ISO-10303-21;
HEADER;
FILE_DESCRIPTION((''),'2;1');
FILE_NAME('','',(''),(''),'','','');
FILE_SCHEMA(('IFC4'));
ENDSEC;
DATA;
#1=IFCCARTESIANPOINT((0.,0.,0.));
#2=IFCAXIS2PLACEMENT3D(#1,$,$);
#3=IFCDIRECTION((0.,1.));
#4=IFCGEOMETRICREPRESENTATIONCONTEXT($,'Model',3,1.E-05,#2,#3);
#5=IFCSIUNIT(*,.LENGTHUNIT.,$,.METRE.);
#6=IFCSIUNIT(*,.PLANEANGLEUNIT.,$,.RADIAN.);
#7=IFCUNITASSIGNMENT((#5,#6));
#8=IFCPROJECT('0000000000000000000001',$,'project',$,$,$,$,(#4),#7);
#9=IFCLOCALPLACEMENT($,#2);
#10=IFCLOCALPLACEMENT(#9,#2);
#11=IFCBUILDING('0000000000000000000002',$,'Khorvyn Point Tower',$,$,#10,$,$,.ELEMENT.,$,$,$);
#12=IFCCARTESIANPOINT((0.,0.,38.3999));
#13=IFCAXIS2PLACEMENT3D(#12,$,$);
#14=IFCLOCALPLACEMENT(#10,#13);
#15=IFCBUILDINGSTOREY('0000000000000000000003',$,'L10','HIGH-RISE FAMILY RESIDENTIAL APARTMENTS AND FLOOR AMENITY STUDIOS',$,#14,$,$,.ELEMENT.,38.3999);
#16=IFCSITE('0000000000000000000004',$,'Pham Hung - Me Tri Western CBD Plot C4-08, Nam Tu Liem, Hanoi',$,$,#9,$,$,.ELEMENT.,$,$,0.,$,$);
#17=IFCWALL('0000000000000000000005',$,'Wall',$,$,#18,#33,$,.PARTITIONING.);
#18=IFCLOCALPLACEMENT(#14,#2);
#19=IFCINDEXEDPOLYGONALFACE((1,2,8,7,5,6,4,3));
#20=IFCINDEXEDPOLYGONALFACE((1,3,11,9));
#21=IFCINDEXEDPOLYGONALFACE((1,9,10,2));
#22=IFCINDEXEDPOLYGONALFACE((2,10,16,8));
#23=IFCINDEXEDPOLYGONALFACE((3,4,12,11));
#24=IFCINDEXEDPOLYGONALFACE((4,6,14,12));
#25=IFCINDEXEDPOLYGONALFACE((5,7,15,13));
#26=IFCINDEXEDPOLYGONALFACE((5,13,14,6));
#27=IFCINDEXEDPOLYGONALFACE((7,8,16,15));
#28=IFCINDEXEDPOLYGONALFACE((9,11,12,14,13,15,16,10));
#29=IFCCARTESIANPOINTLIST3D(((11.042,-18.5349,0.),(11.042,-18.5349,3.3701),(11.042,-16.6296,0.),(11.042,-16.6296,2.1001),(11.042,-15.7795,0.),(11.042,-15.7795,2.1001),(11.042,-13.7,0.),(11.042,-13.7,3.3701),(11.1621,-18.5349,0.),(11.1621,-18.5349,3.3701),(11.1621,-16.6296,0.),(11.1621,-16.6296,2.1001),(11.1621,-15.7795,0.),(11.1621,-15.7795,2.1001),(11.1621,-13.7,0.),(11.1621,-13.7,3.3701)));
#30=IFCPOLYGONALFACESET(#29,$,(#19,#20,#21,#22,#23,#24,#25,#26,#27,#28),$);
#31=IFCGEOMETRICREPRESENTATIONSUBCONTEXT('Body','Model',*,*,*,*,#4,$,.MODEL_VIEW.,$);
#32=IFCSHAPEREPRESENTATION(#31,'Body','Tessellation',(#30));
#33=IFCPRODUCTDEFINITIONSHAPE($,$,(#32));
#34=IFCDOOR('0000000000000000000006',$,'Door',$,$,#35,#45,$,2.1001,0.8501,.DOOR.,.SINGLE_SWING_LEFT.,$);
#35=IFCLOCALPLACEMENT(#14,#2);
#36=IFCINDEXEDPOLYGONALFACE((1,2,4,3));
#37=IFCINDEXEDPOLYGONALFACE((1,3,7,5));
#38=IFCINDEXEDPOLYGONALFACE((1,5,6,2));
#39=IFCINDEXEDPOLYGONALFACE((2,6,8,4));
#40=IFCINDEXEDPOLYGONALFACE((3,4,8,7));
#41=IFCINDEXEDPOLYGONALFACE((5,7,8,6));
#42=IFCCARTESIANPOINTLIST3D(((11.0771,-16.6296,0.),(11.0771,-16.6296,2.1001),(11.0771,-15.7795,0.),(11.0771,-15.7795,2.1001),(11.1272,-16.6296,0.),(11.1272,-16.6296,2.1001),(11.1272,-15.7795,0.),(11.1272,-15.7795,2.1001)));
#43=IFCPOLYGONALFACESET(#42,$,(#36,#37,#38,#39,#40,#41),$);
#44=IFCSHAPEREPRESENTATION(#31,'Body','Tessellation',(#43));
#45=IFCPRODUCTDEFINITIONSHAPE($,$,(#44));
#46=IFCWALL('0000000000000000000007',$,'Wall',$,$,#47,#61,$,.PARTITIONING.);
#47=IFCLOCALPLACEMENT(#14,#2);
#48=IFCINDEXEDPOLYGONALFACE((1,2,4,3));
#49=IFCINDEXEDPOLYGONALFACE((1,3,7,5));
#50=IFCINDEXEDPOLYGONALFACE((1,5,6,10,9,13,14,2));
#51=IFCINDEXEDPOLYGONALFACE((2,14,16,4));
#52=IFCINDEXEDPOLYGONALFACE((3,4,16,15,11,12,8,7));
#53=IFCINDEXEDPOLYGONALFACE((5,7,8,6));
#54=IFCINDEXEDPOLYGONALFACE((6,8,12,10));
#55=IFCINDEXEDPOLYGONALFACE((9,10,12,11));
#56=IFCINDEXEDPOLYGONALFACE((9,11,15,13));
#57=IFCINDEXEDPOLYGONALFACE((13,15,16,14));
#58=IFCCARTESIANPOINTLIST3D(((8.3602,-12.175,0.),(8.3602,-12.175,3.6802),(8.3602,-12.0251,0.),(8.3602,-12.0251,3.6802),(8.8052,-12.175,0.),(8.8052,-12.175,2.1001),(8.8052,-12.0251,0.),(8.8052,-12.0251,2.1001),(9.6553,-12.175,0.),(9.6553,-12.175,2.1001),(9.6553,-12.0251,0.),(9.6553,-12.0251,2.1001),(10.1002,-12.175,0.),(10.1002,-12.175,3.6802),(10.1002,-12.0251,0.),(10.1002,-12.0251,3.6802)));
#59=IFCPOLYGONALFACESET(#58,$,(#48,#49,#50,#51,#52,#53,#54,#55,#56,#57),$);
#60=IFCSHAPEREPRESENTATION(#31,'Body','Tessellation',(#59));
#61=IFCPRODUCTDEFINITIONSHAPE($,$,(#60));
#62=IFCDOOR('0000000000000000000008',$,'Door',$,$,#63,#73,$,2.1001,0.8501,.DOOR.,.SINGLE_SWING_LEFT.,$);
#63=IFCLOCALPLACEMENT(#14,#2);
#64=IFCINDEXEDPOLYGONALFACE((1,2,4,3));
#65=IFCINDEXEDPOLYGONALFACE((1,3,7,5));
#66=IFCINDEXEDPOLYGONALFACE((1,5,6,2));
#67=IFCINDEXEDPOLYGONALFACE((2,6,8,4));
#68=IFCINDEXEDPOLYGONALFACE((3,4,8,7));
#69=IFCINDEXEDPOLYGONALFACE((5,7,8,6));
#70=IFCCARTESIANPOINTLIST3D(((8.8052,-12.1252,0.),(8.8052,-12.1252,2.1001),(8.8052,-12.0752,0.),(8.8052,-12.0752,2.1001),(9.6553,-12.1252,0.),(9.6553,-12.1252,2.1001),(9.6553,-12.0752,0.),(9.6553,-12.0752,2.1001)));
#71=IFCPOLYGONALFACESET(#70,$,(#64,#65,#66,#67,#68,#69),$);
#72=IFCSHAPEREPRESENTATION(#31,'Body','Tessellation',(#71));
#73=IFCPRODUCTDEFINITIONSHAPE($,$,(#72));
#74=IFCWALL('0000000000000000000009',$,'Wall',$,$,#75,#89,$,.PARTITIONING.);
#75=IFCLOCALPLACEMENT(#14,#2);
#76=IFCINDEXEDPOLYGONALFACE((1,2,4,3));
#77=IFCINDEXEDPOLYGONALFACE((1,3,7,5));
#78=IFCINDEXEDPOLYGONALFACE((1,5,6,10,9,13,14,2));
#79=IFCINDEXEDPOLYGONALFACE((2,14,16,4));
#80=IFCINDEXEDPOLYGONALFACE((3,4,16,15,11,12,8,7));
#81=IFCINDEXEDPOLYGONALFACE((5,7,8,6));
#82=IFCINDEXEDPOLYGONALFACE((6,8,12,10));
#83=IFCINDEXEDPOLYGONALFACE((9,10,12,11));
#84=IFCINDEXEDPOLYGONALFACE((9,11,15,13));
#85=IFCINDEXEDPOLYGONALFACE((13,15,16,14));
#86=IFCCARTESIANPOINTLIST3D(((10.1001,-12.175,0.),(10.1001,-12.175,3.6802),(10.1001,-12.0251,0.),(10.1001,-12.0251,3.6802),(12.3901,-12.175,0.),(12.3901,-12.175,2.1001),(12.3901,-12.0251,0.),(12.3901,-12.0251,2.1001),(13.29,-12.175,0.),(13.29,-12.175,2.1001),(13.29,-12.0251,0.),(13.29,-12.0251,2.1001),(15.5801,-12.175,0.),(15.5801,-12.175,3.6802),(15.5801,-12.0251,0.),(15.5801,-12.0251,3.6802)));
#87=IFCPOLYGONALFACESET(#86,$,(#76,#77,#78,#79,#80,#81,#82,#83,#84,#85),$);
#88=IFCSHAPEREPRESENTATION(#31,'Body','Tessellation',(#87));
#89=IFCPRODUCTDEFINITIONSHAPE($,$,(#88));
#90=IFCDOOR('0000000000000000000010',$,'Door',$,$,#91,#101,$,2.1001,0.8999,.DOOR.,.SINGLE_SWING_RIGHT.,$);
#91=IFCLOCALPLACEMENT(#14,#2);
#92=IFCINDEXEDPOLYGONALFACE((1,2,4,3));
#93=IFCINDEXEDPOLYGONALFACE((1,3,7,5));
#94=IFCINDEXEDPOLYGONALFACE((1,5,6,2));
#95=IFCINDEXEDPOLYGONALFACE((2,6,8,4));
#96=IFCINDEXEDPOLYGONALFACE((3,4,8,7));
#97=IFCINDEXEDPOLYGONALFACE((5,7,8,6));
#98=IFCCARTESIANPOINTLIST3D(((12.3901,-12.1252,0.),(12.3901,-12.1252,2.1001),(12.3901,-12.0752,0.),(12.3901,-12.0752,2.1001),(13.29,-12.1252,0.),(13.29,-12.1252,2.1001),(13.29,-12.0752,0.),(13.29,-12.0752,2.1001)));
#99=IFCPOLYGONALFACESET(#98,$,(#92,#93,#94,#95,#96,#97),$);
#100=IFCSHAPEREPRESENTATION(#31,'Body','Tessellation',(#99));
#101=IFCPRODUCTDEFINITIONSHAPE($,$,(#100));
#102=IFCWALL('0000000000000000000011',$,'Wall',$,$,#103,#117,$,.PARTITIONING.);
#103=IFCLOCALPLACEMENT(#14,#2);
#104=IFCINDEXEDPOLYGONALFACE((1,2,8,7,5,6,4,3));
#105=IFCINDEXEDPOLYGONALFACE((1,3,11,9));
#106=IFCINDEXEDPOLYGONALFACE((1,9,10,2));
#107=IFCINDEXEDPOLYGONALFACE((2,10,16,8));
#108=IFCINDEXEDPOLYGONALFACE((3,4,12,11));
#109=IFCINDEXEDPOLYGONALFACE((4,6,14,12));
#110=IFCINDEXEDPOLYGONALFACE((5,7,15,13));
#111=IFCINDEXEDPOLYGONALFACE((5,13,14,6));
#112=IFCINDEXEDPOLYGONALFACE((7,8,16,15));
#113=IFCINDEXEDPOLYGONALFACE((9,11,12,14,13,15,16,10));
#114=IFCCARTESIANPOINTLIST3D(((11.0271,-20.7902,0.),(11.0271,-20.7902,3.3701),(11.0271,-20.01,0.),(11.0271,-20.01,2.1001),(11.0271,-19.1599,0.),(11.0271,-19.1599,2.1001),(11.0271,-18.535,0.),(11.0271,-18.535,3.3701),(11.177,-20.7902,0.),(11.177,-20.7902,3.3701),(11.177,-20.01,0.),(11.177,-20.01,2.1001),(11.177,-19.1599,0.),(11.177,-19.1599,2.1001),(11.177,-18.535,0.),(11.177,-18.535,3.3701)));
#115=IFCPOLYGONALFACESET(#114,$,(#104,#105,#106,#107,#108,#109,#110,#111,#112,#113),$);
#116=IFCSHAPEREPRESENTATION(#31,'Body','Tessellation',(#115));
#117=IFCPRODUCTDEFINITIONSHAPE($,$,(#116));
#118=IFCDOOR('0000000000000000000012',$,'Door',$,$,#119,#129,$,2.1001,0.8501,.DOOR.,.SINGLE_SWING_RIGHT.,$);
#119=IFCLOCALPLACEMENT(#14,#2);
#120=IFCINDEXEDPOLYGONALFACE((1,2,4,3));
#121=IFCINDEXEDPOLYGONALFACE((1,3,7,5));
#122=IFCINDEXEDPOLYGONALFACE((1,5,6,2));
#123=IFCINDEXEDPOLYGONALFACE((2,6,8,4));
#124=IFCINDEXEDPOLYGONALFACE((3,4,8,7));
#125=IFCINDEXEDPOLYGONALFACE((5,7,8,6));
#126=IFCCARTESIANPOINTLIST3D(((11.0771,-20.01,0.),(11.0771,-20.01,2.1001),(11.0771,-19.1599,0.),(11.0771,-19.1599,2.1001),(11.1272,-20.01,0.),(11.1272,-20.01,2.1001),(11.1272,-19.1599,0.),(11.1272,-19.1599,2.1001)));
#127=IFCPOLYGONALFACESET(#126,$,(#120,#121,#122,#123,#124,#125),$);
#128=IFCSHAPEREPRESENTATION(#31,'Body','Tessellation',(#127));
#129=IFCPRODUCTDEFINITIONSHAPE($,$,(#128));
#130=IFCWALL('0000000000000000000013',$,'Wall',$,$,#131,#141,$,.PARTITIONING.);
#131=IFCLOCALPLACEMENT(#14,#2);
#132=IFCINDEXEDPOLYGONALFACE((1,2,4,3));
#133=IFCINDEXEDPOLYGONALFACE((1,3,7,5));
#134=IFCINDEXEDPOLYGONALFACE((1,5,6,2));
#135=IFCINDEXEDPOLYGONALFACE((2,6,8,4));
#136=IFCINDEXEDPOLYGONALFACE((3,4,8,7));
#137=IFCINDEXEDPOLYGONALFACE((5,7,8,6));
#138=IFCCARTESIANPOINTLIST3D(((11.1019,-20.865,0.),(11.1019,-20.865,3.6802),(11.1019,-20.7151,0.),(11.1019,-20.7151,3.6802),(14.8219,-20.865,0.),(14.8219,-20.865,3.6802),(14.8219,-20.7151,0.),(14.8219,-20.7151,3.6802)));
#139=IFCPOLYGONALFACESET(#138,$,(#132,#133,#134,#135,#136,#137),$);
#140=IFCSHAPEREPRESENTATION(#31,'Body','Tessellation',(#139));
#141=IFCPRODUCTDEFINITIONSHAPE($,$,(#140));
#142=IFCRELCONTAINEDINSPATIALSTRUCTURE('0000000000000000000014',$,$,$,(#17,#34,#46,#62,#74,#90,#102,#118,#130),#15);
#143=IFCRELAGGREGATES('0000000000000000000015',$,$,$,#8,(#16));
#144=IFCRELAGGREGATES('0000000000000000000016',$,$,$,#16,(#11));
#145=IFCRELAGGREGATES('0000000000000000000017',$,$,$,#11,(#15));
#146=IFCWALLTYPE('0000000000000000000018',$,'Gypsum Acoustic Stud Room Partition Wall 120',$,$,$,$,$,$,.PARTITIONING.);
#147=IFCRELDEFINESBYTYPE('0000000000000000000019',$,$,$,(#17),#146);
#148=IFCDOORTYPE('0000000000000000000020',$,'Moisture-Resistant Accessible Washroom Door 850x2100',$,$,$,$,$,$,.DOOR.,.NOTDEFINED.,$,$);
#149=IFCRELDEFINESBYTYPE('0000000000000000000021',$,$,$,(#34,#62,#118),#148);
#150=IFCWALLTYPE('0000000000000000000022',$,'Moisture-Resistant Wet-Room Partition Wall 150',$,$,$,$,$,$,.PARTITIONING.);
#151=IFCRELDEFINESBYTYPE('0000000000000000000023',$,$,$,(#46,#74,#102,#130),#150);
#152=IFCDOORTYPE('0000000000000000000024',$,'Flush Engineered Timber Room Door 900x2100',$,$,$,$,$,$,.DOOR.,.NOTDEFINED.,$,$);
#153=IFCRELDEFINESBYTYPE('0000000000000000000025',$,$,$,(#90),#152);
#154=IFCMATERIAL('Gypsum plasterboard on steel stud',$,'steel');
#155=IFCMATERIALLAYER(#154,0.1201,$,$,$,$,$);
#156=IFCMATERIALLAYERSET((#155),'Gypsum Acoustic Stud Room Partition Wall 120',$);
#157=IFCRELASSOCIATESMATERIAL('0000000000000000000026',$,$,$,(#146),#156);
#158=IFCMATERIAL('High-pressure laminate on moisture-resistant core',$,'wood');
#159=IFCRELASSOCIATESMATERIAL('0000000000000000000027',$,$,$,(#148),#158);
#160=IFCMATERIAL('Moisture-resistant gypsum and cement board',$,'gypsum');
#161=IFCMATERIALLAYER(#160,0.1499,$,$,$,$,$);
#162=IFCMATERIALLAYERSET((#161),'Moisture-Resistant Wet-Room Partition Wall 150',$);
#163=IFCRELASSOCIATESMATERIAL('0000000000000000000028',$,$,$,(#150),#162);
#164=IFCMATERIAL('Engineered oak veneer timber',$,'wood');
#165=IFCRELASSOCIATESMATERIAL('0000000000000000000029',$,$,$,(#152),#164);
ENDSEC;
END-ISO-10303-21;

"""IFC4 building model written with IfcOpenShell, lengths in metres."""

from ifc_helpers import new_model, si_unit, direction, frame, frame_2d, origin, place, context, subcontext, project, spatial, rectangle, extrude, material, layer, layer_set, type_object, element, fill, save


model = new_model("IFC4")

# Units and contexts
model_context = context("Model", 3, precision=1e-05, world=origin(), true_north=direction((0.0, 1.0)))
body_context = subcontext(model_context, "Body", "Model", "MODEL_VIEW")
ifc_project = project(units=[si_unit("LENGTHUNIT", "METRE"), si_unit("PLANEANGLEUNIT", "RADIAN")], contexts=[model_context])

# Site, building, storey
site_placement = place(None, origin())
site = spatial("IfcSite", under=ifc_project, at=site_placement, Name="Pham Hung - Me Tri Western CBD Plot C4-08, Nam Tu Liem, Hanoi", CompositionType="ELEMENT", RefElevation=0.0)
building_placement = place(site_placement, origin())
building = spatial("IfcBuilding", under=site, at=building_placement, Name="Khorvyn Point Tower", CompositionType="ELEMENT")
storey_placement = place(building_placement, frame((0.0, 0.0, 38.3999)))
storey = spatial("IfcBuildingStorey", under=building, at=storey_placement, Name="L10", Description="HIGH-RISE FAMILY RESIDENTIAL APARTMENTS AND FLOOR AMENITY STUDIOS", CompositionType="ELEMENT", Elevation=38.3999)

# Walls, openings, doors
ifc_material_1 = material(Name="Gypsum plasterboard on steel stud", Category="steel")
ifc_layer_1 = layer(ifc_material_1, 0.1201)
ifc_layer_set_1 = layer_set([ifc_layer_1], Name="Gypsum Acoustic Stud Room Partition Wall 120")
wall_type_1 = type_object("IfcWallType", Name="Gypsum Acoustic Stud Room Partition Wall 120", PredefinedType="PARTITIONING", material=ifc_layer_set_1)
wall_1_placement = place(storey_placement, frame((11.1021, -18.5349, 0.0), z_axis=(0.0, 0.0, 1.0), x_axis=(0.0, 1.0, 0.0)))
wall_1 = element("IfcWall", 1, at=wall_1_placement, inside=storey, type_object=wall_type_1, Name="Wall", PredefinedType="PARTITIONING", context=body_context, shape_type="SweptSolid", body=[
    extrude(rectangle(XDim=4.835, YDim=0.1201, at=frame_2d((2.4175, 0.0))), origin(), (0.0, 0.0, 1.0), 3.3701),
])
opening_1_placement = place(wall_1_placement, frame((1.9053, 0.0, 0.0)))
opening_1 = element("IfcOpeningElement", 2, at=opening_1_placement, cuts=wall_1, PredefinedType="OPENING", context=body_context, shape_type="SweptSolid", body=[
    extrude(rectangle(XDim=0.8501, YDim=2.1001, at=frame_2d((0.425, 1.05))), frame((0.0, 0.0701, 0.0), z_axis=(0.0, -1.0, 0.0), x_axis=(1.0, 0.0, 0.0)), (0.0, 0.0, 1.0), 0.1401),
])
ifc_material_2 = material(Name="High-pressure laminate on moisture-resistant core", Category="wood")
door_type_1 = type_object("IfcDoorType", Name="Moisture-Resistant Accessible Washroom Door 850x2100", OperationType="NOTDEFINED", PredefinedType="DOOR", material=ifc_material_2)
door_1_placement = place(opening_1_placement, origin())
door_1 = element("IfcDoor", 3, at=door_1_placement, inside=storey, type_object=door_type_1, Name="Door", OperationType="SINGLE_SWING_LEFT", OverallHeight=2.1001, OverallWidth=0.8501, PredefinedType="DOOR", context=body_context, shape_type="SweptSolid", body=[
    extrude(rectangle(XDim=0.8501, YDim=2.1001, at=frame_2d((0.425, 1.05))), frame((0.0, 0.0249, 0.0), z_axis=(0.0, -1.0, 0.0), x_axis=(1.0, 0.0, 0.0)), (0.0, 0.0, 1.0), 0.05),
])
fill(opening_1, door_1)
ifc_material_3 = material(Name="Moisture-resistant gypsum and cement board", Category="gypsum")
ifc_layer_2 = layer(ifc_material_3, 0.1499)
ifc_layer_set_2 = layer_set([ifc_layer_2], Name="Moisture-Resistant Wet-Room Partition Wall 150")
wall_type_2 = type_object("IfcWallType", Name="Moisture-Resistant Wet-Room Partition Wall 150", PredefinedType="PARTITIONING", material=ifc_layer_set_2)
wall_2_placement = place(storey_placement, frame((8.3601, -12.1001, 0.0), z_axis=(0.0, 0.0, 1.0), x_axis=(1.0, 0.0, 0.0)))
wall_2 = element("IfcWall", 4, at=wall_2_placement, inside=storey, type_object=wall_type_2, Name="Wall", PredefinedType="PARTITIONING", context=body_context, shape_type="SweptSolid", body=[
    extrude(rectangle(XDim=1.74, YDim=0.1499, at=frame_2d((0.8701, 0.0))), origin(), (0.0, 0.0, 1.0), 3.6802),
])
opening_2_placement = place(wall_2_placement, frame((0.4451, 0.0, 0.0)))
opening_2 = element("IfcOpeningElement", 5, at=opening_2_placement, cuts=wall_2, PredefinedType="OPENING", context=body_context, shape_type="SweptSolid", body=[
    extrude(rectangle(XDim=0.8501, YDim=2.1001, at=frame_2d((0.425, 1.05))), frame((0.0, 0.085, 0.0), z_axis=(0.0, -1.0, 0.0), x_axis=(1.0, 0.0, 0.0)), (0.0, 0.0, 1.0), 0.1699),
])
door_2_placement = place(opening_2_placement, origin())
door_2 = element("IfcDoor", 6, at=door_2_placement, inside=storey, type_object=door_type_1, Name="Door", OperationType="SINGLE_SWING_LEFT", OverallHeight=2.1001, OverallWidth=0.8501, PredefinedType="DOOR", context=body_context, shape_type="SweptSolid", body=[
    extrude(rectangle(XDim=0.8501, YDim=2.1001, at=frame_2d((0.425, 1.05))), frame((0.0, 0.0249, 0.0), z_axis=(0.0, -1.0, 0.0), x_axis=(1.0, 0.0, 0.0)), (0.0, 0.0, 1.0), 0.05),
])
fill(opening_2, door_2)
wall_3_placement = place(storey_placement, frame((10.1001, -12.1001, 0.0), z_axis=(0.0, 0.0, 1.0), x_axis=(1.0, 0.0, 0.0)))
wall_3 = element("IfcWall", 7, at=wall_3_placement, inside=storey, type_object=wall_type_2, Name="Wall", PredefinedType="PARTITIONING", context=body_context, shape_type="SweptSolid", body=[
    extrude(rectangle(XDim=5.48, YDim=0.1499, at=frame_2d((2.74, 0.0))), origin(), (0.0, 0.0, 1.0), 3.6802),
])
opening_3_placement = place(wall_3_placement, frame((2.29, 0.0, 0.0)))
opening_3 = element("IfcOpeningElement", 8, at=opening_3_placement, cuts=wall_3, PredefinedType="OPENING", context=body_context, shape_type="SweptSolid", body=[
    extrude(rectangle(XDim=0.8999, YDim=2.1001, at=frame_2d((0.45, 1.05))), frame((0.0, 0.085, 0.0), z_axis=(0.0, -1.0, 0.0), x_axis=(1.0, 0.0, 0.0)), (0.0, 0.0, 1.0), 0.1699),
])
ifc_material_4 = material(Name="Engineered oak veneer timber", Category="wood")
door_type_2 = type_object("IfcDoorType", Name="Flush Engineered Timber Room Door 900x2100", OperationType="NOTDEFINED", PredefinedType="DOOR", material=ifc_material_4)
door_3_placement = place(opening_3_placement, origin())
door_3 = element("IfcDoor", 9, at=door_3_placement, inside=storey, type_object=door_type_2, Name="Door", OperationType="SINGLE_SWING_RIGHT", OverallHeight=2.1001, OverallWidth=0.8999, PredefinedType="DOOR", context=body_context, shape_type="SweptSolid", body=[
    extrude(rectangle(XDim=0.8999, YDim=2.1001, at=frame_2d((0.45, 1.05))), frame((0.0, 0.0249, 0.0), z_axis=(0.0, -1.0, 0.0), x_axis=(1.0, 0.0, 0.0)), (0.0, 0.0, 1.0), 0.05),
])
fill(opening_3, door_3)
wall_4_placement = place(storey_placement, frame((11.1021, -20.79, 0.0), z_axis=(0.0, 0.0, 1.0), x_axis=(0.0, 1.0, 0.0)))
wall_4 = element("IfcWall", 10, at=wall_4_placement, inside=storey, type_object=wall_type_2, Name="Wall", PredefinedType="PARTITIONING", context=body_context, shape_type="SweptSolid", body=[
    extrude(rectangle(XDim=2.2551, YDim=0.1499, at=frame_2d((1.1274, 0.0))), origin(), (0.0, 0.0, 1.0), 3.3701),
])
opening_4_placement = place(wall_4_placement, frame((0.78, 0.0, 0.0)))
opening_4 = element("IfcOpeningElement", 11, at=opening_4_placement, cuts=wall_4, PredefinedType="OPENING", context=body_context, shape_type="SweptSolid", body=[
    extrude(rectangle(XDim=0.8501, YDim=2.1001, at=frame_2d((0.425, 1.05))), frame((0.0, 0.085, 0.0), z_axis=(0.0, -1.0, 0.0), x_axis=(1.0, 0.0, 0.0)), (0.0, 0.0, 1.0), 0.1699),
])
door_4_placement = place(opening_4_placement, origin())
door_4 = element("IfcDoor", 12, at=door_4_placement, inside=storey, type_object=door_type_1, Name="Door", OperationType="SINGLE_SWING_RIGHT", OverallHeight=2.1001, OverallWidth=0.8501, PredefinedType="DOOR", context=body_context, shape_type="SweptSolid", body=[
    extrude(rectangle(XDim=0.8501, YDim=2.1001, at=frame_2d((0.425, 1.05))), frame((0.0, 0.0249, 0.0), z_axis=(0.0, -1.0, 0.0), x_axis=(1.0, 0.0, 0.0)), (0.0, 0.0, 1.0), 0.05),
])
fill(opening_4, door_4)

# Wall
wall_5_placement = place(storey_placement, frame((11.1021, -20.79, 0.0), z_axis=(0.0, 0.0, 1.0), x_axis=(1.0, 0.0, 0.0)))
element("IfcWall", 13, at=wall_5_placement, inside=storey, type_object=wall_type_2, Name="Wall", PredefinedType="PARTITIONING", context=body_context, shape_type="SweptSolid", body=[
    extrude(rectangle(XDim=3.72, YDim=0.1499, at=frame_2d((1.8599, 0.0))), origin(), (0.0, 0.0, 1.0), 3.6802),
])

save(model, "model.ifc")
